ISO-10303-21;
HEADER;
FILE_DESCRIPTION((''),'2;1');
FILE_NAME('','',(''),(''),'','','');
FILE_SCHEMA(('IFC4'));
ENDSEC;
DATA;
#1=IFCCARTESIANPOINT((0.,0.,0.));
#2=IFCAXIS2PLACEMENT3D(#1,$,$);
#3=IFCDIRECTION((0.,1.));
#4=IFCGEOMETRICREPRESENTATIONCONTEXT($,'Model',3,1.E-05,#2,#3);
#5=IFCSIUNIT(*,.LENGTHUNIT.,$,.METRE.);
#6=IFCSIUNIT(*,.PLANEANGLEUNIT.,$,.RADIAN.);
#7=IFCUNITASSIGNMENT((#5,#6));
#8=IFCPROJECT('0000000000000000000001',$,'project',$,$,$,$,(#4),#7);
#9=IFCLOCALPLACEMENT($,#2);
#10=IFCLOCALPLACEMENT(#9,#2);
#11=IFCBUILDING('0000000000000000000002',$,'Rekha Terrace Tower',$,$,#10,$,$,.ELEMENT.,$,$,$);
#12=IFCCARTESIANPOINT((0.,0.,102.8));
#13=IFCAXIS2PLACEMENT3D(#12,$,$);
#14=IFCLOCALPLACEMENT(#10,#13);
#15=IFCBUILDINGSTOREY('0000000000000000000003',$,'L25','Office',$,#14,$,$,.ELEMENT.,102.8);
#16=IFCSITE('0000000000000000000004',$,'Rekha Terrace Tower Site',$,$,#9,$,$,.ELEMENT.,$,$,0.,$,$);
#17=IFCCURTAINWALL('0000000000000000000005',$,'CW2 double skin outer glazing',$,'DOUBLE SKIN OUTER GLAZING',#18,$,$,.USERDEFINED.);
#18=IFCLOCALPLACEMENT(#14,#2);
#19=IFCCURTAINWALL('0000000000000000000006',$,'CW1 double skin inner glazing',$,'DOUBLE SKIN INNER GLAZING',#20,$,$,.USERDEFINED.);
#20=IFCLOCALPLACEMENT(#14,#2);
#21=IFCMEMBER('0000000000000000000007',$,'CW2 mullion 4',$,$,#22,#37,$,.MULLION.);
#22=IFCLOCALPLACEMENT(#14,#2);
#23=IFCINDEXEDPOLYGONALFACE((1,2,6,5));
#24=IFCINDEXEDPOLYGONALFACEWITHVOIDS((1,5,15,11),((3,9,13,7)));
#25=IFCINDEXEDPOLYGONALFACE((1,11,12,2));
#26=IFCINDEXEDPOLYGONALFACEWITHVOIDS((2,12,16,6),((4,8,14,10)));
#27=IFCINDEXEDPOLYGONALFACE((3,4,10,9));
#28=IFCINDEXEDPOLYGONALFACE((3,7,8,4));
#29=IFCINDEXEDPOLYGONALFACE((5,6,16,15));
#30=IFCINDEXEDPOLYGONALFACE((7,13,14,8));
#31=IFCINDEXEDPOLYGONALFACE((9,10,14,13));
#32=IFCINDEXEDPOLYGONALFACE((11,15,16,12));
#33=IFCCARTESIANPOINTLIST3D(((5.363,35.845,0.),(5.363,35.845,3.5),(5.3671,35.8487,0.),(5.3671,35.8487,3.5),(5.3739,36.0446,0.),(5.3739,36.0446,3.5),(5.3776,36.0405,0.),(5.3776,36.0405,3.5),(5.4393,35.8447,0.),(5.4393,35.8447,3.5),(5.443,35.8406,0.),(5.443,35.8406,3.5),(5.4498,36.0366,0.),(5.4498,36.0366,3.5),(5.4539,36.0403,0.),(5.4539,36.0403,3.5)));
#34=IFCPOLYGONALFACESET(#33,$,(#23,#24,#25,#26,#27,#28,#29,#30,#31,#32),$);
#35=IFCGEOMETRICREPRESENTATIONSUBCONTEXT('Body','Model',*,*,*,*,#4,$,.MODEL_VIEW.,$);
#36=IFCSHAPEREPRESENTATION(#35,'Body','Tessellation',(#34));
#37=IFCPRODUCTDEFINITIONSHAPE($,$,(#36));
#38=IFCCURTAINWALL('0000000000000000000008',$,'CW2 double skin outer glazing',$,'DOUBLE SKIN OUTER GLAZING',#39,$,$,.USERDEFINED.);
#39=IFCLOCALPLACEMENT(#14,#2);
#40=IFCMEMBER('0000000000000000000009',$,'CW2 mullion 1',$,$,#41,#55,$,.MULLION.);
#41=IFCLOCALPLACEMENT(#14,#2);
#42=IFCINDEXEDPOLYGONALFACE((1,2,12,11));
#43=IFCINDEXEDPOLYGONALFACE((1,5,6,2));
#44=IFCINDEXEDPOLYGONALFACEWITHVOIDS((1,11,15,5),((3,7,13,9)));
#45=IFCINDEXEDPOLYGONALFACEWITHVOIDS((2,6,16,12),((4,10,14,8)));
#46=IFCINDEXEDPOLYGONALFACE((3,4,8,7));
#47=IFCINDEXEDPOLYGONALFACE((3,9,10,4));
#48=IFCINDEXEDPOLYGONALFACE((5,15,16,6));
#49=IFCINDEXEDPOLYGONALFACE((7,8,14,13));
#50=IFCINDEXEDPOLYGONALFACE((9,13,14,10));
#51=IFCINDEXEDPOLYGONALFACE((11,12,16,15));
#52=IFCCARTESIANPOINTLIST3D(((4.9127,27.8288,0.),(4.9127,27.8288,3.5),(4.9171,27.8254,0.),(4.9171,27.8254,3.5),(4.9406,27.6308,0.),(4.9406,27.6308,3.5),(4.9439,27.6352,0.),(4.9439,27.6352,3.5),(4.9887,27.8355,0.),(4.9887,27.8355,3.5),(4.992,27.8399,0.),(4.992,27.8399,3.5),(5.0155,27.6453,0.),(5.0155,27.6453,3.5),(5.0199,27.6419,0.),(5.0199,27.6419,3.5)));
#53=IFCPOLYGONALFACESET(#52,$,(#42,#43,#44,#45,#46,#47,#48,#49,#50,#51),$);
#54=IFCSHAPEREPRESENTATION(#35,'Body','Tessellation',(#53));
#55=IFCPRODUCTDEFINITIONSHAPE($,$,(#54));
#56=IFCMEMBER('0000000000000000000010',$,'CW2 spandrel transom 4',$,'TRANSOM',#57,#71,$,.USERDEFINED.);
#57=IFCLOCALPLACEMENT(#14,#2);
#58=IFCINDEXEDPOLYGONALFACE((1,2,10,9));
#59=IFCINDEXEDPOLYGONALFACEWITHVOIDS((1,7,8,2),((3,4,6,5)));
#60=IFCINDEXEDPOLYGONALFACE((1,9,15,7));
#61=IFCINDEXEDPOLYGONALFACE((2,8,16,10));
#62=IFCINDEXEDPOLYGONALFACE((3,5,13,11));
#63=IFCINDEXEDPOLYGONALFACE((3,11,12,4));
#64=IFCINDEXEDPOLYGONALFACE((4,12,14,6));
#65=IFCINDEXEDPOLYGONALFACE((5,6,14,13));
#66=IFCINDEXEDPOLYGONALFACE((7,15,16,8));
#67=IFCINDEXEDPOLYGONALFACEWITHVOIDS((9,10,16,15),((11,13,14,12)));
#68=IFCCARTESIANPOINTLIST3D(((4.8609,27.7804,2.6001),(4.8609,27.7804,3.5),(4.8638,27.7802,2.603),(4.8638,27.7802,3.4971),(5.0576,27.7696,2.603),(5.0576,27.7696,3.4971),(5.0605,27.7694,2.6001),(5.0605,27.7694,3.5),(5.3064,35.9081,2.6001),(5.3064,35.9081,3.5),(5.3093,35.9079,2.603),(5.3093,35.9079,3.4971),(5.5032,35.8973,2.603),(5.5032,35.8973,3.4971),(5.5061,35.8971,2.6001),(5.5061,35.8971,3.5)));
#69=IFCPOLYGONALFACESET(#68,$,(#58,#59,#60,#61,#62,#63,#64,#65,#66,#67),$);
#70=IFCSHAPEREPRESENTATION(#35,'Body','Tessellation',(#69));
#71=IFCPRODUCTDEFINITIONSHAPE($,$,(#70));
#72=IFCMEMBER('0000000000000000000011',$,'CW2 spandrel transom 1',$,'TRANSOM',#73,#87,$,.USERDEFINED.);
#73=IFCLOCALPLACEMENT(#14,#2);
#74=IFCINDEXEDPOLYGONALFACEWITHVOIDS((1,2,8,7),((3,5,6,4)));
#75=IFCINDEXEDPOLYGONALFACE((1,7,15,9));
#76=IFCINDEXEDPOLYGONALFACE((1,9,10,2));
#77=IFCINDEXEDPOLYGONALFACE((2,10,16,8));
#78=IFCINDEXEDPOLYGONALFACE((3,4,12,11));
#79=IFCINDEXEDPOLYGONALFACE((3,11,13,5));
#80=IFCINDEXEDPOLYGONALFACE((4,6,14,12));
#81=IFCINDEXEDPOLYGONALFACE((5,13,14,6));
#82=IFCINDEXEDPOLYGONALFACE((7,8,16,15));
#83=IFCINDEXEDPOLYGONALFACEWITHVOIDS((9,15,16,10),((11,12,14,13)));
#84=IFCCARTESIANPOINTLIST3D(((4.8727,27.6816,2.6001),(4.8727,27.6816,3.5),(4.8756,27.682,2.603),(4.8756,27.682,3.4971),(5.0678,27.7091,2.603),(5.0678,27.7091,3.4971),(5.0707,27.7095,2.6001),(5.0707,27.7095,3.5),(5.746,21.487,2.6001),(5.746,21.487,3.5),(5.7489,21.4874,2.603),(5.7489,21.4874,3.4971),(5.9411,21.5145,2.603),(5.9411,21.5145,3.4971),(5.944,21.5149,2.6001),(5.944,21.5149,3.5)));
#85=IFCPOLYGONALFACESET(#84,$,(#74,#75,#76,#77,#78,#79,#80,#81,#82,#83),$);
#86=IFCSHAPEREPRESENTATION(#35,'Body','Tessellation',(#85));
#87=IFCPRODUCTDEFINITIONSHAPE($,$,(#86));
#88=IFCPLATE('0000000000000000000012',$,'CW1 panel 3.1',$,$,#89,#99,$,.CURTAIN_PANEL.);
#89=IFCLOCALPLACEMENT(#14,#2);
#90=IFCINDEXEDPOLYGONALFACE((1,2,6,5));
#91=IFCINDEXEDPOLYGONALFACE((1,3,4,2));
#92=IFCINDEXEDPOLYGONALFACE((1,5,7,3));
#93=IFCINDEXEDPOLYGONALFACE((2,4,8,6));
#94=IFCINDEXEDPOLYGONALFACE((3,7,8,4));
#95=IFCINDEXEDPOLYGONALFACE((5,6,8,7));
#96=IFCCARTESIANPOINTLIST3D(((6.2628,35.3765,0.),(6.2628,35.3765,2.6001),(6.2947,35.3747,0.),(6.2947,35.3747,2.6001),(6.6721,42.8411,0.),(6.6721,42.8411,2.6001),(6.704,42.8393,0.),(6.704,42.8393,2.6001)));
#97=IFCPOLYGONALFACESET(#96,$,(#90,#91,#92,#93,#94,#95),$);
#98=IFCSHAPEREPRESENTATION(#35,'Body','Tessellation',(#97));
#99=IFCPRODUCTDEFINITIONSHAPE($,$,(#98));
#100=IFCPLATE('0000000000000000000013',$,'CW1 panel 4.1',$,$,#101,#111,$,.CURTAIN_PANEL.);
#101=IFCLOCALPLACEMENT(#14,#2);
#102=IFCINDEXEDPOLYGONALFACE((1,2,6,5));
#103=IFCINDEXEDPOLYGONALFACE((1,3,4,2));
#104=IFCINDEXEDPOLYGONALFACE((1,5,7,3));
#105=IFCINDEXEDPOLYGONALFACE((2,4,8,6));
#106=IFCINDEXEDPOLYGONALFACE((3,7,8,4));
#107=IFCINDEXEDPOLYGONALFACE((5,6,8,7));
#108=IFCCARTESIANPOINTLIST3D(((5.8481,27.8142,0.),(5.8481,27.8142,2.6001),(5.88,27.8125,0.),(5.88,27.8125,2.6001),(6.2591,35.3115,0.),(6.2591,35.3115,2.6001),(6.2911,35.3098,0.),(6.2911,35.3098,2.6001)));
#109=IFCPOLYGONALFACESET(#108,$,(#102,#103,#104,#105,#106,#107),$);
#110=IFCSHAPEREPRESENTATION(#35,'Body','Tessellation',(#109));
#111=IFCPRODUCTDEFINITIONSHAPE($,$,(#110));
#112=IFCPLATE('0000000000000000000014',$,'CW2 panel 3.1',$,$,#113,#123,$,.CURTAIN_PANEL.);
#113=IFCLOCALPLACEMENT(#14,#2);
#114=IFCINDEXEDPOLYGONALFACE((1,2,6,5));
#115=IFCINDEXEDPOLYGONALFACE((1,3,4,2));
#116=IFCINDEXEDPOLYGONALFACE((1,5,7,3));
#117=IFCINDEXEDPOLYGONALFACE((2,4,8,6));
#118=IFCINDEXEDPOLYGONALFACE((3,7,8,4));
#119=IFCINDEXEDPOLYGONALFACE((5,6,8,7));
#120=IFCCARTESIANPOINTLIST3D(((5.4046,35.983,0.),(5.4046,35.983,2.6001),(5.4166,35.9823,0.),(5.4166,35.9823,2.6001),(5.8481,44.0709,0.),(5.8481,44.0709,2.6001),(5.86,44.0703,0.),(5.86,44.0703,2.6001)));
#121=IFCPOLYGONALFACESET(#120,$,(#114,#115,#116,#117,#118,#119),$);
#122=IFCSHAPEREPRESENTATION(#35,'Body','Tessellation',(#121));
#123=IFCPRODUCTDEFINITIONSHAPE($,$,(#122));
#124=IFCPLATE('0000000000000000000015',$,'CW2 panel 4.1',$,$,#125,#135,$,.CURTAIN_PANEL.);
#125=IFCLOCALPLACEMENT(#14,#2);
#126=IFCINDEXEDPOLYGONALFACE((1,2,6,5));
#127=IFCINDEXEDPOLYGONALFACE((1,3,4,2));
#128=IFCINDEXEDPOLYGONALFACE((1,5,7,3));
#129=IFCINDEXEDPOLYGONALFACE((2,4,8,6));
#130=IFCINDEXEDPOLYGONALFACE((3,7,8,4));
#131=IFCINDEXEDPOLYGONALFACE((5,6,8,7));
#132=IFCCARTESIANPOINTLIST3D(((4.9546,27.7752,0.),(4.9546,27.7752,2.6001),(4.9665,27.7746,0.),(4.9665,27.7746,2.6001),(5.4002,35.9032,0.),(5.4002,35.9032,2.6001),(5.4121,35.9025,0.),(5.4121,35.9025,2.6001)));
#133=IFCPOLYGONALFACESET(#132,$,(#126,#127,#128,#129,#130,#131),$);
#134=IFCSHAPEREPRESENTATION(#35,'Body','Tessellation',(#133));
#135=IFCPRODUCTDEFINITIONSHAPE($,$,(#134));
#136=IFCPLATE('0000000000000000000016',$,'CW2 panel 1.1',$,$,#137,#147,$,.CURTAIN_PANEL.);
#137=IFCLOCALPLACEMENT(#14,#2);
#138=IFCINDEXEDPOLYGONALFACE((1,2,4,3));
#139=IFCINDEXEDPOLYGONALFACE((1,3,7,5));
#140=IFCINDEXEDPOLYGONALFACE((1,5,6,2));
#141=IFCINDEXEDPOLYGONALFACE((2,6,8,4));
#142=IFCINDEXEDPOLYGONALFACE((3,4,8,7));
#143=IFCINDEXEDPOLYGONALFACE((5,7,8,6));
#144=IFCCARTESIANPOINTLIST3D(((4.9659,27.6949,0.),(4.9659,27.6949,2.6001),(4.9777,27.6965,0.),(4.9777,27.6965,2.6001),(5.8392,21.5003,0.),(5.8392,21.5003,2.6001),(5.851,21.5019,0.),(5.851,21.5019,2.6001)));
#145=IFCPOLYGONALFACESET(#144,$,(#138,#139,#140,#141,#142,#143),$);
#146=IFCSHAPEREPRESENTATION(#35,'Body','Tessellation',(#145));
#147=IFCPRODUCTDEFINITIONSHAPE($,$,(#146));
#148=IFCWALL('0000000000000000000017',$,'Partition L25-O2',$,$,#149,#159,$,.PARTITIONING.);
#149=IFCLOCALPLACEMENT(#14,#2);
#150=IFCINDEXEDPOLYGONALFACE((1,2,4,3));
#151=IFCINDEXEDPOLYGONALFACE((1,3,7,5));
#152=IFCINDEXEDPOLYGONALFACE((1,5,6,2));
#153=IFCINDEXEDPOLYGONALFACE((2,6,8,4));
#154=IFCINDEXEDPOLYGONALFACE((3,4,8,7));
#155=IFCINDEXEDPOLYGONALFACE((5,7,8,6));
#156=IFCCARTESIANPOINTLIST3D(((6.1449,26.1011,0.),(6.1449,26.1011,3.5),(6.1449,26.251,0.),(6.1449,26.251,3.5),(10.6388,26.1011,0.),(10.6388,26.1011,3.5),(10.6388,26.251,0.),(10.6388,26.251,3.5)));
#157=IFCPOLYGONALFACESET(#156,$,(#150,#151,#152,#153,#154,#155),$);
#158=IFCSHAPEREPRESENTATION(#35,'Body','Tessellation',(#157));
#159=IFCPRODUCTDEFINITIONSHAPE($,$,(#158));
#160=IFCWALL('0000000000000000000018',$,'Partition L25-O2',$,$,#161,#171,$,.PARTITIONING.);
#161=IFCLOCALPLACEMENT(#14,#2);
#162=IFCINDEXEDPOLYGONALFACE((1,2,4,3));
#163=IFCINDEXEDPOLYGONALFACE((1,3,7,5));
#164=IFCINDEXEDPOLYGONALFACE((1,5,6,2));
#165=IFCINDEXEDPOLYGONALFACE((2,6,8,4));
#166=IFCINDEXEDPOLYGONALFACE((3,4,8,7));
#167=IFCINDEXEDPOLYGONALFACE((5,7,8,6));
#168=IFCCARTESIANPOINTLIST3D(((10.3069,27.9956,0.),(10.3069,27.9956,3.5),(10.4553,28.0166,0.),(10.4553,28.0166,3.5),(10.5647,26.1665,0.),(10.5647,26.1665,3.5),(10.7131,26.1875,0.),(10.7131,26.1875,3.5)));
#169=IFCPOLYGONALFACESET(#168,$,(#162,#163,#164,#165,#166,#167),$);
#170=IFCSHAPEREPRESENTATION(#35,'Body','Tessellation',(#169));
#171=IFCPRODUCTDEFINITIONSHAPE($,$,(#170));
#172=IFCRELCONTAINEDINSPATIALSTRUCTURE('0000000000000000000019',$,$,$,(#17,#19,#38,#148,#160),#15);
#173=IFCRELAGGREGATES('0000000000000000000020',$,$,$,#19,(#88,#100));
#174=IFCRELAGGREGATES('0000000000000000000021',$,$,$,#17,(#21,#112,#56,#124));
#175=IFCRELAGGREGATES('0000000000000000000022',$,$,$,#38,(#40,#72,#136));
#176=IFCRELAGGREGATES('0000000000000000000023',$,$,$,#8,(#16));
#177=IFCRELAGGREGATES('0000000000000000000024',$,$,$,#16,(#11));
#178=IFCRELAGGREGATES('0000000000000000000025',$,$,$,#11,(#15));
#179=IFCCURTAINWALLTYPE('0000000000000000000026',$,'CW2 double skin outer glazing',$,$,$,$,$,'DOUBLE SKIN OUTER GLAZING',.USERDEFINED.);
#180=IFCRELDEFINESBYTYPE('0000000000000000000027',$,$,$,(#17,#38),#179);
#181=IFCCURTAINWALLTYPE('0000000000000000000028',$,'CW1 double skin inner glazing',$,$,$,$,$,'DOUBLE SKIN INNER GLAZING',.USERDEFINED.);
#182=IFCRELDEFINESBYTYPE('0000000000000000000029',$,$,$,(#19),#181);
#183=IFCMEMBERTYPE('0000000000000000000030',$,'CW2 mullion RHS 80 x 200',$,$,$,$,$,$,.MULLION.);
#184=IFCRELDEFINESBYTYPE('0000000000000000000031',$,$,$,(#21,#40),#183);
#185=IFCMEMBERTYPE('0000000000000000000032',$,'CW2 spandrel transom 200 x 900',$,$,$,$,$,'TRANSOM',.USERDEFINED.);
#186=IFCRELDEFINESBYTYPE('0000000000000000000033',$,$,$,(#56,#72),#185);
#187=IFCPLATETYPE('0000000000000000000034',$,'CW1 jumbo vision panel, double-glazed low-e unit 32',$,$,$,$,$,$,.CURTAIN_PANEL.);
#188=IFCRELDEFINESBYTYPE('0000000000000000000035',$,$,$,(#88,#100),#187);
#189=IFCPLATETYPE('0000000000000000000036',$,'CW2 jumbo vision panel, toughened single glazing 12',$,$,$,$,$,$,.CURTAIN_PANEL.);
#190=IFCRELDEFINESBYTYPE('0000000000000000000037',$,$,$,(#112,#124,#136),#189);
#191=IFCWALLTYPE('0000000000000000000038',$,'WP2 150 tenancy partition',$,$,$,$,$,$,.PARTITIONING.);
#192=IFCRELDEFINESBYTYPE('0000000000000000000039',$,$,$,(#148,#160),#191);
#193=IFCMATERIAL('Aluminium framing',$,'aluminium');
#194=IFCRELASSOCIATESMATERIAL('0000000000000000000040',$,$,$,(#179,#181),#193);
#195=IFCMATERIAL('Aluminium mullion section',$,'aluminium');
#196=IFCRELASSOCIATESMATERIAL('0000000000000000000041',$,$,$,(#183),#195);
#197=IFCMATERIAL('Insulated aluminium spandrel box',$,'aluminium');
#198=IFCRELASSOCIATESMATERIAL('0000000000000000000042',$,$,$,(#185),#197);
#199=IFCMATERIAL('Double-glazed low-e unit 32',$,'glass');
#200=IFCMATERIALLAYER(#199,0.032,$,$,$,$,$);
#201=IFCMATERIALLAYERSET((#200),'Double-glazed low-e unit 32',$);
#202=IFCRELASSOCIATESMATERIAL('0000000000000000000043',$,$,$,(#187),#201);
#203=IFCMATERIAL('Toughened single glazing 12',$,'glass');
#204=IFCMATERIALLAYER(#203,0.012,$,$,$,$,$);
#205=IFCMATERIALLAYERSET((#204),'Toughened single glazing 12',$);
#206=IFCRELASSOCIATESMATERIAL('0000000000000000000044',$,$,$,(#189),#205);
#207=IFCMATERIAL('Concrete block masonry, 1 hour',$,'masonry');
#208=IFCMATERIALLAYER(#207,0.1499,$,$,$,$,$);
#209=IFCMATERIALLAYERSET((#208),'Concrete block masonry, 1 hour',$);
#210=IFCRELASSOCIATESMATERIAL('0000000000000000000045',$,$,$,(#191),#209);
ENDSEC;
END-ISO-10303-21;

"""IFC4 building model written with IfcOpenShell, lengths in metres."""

from ifc_helpers import new_model, si_unit, direction, frame, frame_2d, origin, origin_2d, place, context, subcontext, project, spatial, rectangle, hollow_rectangle, extrude, material, layer, layer_set, material_profile, profile_set, type_object, element, aggregate, save


model = new_model("IFC4")

# Units and contexts
model_context = context("Model", 3, precision=1e-05, world=origin(), true_north=direction((0.0, 1.0)))
body_context = subcontext(model_context, "Body", "Model", "MODEL_VIEW")
ifc_project = project(units=[si_unit("LENGTHUNIT", "METRE"), si_unit("PLANEANGLEUNIT", "RADIAN")], contexts=[model_context])

# Site, building, storey
site_placement = place(None, origin())
site = spatial("IfcSite", under=ifc_project, at=site_placement, Name="Rekha Terrace Tower Site", CompositionType="ELEMENT", RefElevation=0.0)
building_placement = place(site_placement, origin())
building = spatial("IfcBuilding", under=site, at=building_placement, Name="Rekha Terrace Tower", CompositionType="ELEMENT")
storey_placement = place(building_placement, frame((0.0, 0.0, 102.8)))
storey = spatial("IfcBuildingStorey", under=building, at=storey_placement, Name="L25", Description="Office", CompositionType="ELEMENT", Elevation=102.8)

# Curtain wall
ifc_material_1 = material(Name="Aluminium framing", Category="aluminium")
curtain_wall_type_1 = type_object("IfcCurtainWallType", Name="CW2 double skin outer glazing", ElementType="DOUBLE SKIN OUTER GLAZING", PredefinedType="USERDEFINED", material=ifc_material_1)
curtain_wall_1_placement = place(storey_placement, origin())
curtain_wall_1 = element("IfcCurtainWall", 1, at=curtain_wall_1_placement, inside=storey, type_object=curtain_wall_type_1, Name="CW2 double skin outer glazing", ObjectType="DOUBLE SKIN OUTER GLAZING", PredefinedType="USERDEFINED")

# Curtain wall
curtain_wall_type_2 = type_object("IfcCurtainWallType", Name="CW1 double skin inner glazing", ElementType="DOUBLE SKIN INNER GLAZING", PredefinedType="USERDEFINED", material=ifc_material_1)
curtain_wall_2_placement = place(storey_placement, origin())
curtain_wall_2 = element("IfcCurtainWall", 2, at=curtain_wall_2_placement, inside=storey, type_object=curtain_wall_type_2, Name="CW1 double skin inner glazing", ObjectType="DOUBLE SKIN INNER GLAZING", PredefinedType="USERDEFINED")
ifc_material_2 = material(Name="Aluminium mullion section", Category="aluminium")

# Member
ifc_material_3 = material(Name="Insulated aluminium spandrel box", Category="aluminium")
ifc_material_profile_1 = material_profile(ifc_material_2, hollow_rectangle(XDim=0.0801, YDim=0.2, WallThickness=0.0039, at=origin_2d()), Name="AL RHS 80x200")
ifc_profile_set_1 = profile_set([ifc_material_profile_1], Name="Aluminium mullion section")
member_type_1 = type_object("IfcMemberType", Name="CW2 mullion RHS 80 x 200", PredefinedType="MULLION", material=ifc_profile_set_1)
member_1_placement = place(storey_placement, frame((5.4084, 35.9426, 0.0), z_axis=(0.0, 0.0, 1.0), x_axis=(0.998501, -0.054742, 0.0)))
member_1 = element("IfcMember", 3, at=member_1_placement, type_object=member_type_1, Name="CW2 mullion 4", PredefinedType="MULLION", context=body_context, shape_type="SweptSolid", body=[
    extrude(hollow_rectangle(XDim=0.0801, YDim=0.2, WallThickness=0.0039, at=origin_2d()), origin(), (0.0, 0.0, 1.0), 3.5),
])

# Curtain wall, member
curtain_wall_3_placement = place(storey_placement, origin())
curtain_wall_3 = element("IfcCurtainWall", 4, at=curtain_wall_3_placement, inside=storey, type_object=curtain_wall_type_1, Name="CW2 double skin outer glazing", ObjectType="DOUBLE SKIN OUTER GLAZING", PredefinedType="USERDEFINED")
member_2_placement = place(storey_placement, frame((4.9663, 27.7354, 0.0), z_axis=(0.0, 0.0, 1.0), x_axis=(0.990208, 0.139597, 0.0)))
member_2 = element("IfcMember", 5, at=member_2_placement, type_object=member_type_1, Name="CW2 mullion 1", PredefinedType="MULLION", context=body_context, shape_type="SweptSolid", body=[
    extrude(hollow_rectangle(XDim=0.0801, YDim=0.2, WallThickness=0.0039, at=origin_2d()), origin(), (0.0, 0.0, 1.0), 3.5),
])

# Members
ifc_material_profile_2 = material_profile(ifc_material_3, hollow_rectangle(XDim=0.2, YDim=0.8999, WallThickness=0.0029, at=origin_2d()), Name="AL SPANDREL BOX 200x900")
ifc_profile_set_2 = profile_set([ifc_material_profile_2], Name="Insulated aluminium spandrel box")
member_type_2 = type_object("IfcMemberType", Name="CW2 spandrel transom 200 x 900", ElementType="TRANSOM", PredefinedType="USERDEFINED", material=ifc_profile_set_2)
member_3_placement = place(storey_placement, frame((5.4062, 35.9026, 3.05), z_axis=(-0.054737, -0.998501, 0.0), x_axis=(0.998501, -0.054737, 0.0)))
member_3 = element("IfcMember", 6, at=member_3_placement, type_object=member_type_2, Name="CW2 spandrel transom 4", ObjectType="TRANSOM", PredefinedType="USERDEFINED", context=body_context, shape_type="SweptSolid", body=[
    extrude(hollow_rectangle(XDim=0.2, YDim=0.8999, WallThickness=0.0029, at=origin_2d()), origin(), (0.0, 0.0, 1.0), 8.1399),
])
member_4_placement = place(storey_placement, frame((4.9717, 27.6956, 3.05), z_axis=(0.139596, -0.990209, 0.0), x_axis=(0.990209, 0.139596, 0.0)))
member_4 = element("IfcMember", 7, at=member_4_placement, type_object=member_type_2, Name="CW2 spandrel transom 1", ObjectType="TRANSOM", PredefinedType="USERDEFINED", context=body_context, shape_type="SweptSolid", body=[
    extrude(hollow_rectangle(XDim=0.2, YDim=0.8999, WallThickness=0.0029, at=origin_2d()), origin(), (0.0, 0.0, 1.0), 6.2559),
])

# Plates
ifc_material_4 = material(Name="Double-glazed low-e unit 32", Category="glass")
ifc_layer_1 = layer(ifc_material_4, 0.032)
ifc_layer_set_1 = layer_set([ifc_layer_1], Name="Double-glazed low-e unit 32")
plate_type_1 = type_object("IfcPlateType", Name="CW1 jumbo vision panel, double-glazed low-e unit 32", PredefinedType="CURTAIN_PANEL", material=ifc_layer_set_1)
plate_1_placement = place(storey_placement, frame((6.4834, 39.1079, 0.0), z_axis=(0.0, 0.0, 1.0), x_axis=(-0.054742, -0.998501, 0.0)))
plate_1 = element("IfcPlate", 8, at=plate_1_placement, type_object=plate_type_1, Name="CW1 panel 3.1", PredefinedType="CURTAIN_PANEL", context=body_context, shape_type="SweptSolid", body=[
    extrude(rectangle(XDim=7.4758, YDim=0.032, at=origin_2d()), origin(), (0.0, 0.0, 1.0), 2.6001),
])
plate_2_placement = place(storey_placement, frame((6.0696, 31.562, 0.0), z_axis=(0.0, 0.0, 1.0), x_axis=(-0.054742, -0.998501, 0.0)))
plate_2 = element("IfcPlate", 9, at=plate_2_placement, type_object=plate_type_1, Name="CW1 panel 4.1", PredefinedType="CURTAIN_PANEL", context=body_context, shape_type="SweptSolid", body=[
    extrude(rectangle(XDim=7.5085, YDim=0.032, at=origin_2d()), origin(), (0.0, 0.0, 1.0), 2.6001),
])
aggregate(curtain_wall_2, [plate_1, plate_2])
ifc_material_5 = material(Name="Toughened single glazing 12", Category="glass")
ifc_layer_2 = layer(ifc_material_5, 0.012)
ifc_layer_set_2 = layer_set([ifc_layer_2], Name="Toughened single glazing 12")
plate_type_2 = type_object("IfcPlateType", Name="CW2 jumbo vision panel, toughened single glazing 12", PredefinedType="CURTAIN_PANEL", material=ifc_layer_set_2)
plate_3_placement = place(storey_placement, frame((5.6323, 40.0266, 0.0), z_axis=(0.0, 0.0, 1.0), x_axis=(-0.054742, -0.998501, 0.0)))
plate_3 = element("IfcPlate", 10, at=plate_3_placement, type_object=plate_type_2, Name="CW2 panel 3.1", PredefinedType="CURTAIN_PANEL", context=body_context, shape_type="SweptSolid", body=[
    extrude(rectangle(XDim=8.1001, YDim=0.012, at=origin_2d()), origin(), (0.0, 0.0, 1.0), 2.6001),
])
plate_4_placement = place(storey_placement, frame((5.1833, 31.8389, 0.0), z_axis=(0.0, 0.0, 1.0), x_axis=(-0.054742, -0.998501, 0.0)))
plate_4 = element("IfcPlate", 11, at=plate_4_placement, type_object=plate_type_2, Name="CW2 panel 4.1", PredefinedType="CURTAIN_PANEL", context=body_context, shape_type="SweptSolid", body=[
    extrude(rectangle(XDim=8.1401, YDim=0.012, at=origin_2d()), origin(), (0.0, 0.0, 1.0), 2.6001),
])
aggregate(curtain_wall_1, [member_1, plate_3, member_3, plate_4])
plate_5_placement = place(storey_placement, frame((5.4084, 24.5984, 0.0), z_axis=(0.0, 0.0, 1.0), x_axis=(0.139597, -0.990208, 0.0)))
plate_5 = element("IfcPlate", 12, at=plate_5_placement, type_object=plate_type_2, Name="CW2 panel 1.1", PredefinedType="CURTAIN_PANEL", context=body_context, shape_type="SweptSolid", body=[
    extrude(rectangle(XDim=6.2559, YDim=0.012, at=origin_2d()), origin(), (0.0, 0.0, 1.0), 2.6001),
])
aggregate(curtain_wall_3, [member_2, member_4, plate_5])

# Walls
ifc_material_6 = material(Name="Concrete block masonry, 1 hour", Category="masonry")
ifc_layer_3 = layer(ifc_material_6, 0.1499)
ifc_layer_set_3 = layer_set([ifc_layer_3], Name="Concrete block masonry, 1 hour")
wall_type_1 = type_object("IfcWallType", Name="WP2 150 tenancy partition", PredefinedType="PARTITIONING", material=ifc_layer_set_3)
wall_1_placement = place(storey_placement, frame((10.6389, 26.176, 0.0), z_axis=(0.0, 0.0, 1.0), x_axis=(-1.0, 0.0, 0.0)))
element("IfcWall", 13, at=wall_1_placement, inside=storey, type_object=wall_type_1, Name="Partition L25-O2", PredefinedType="PARTITIONING", context=body_context, shape_type="SweptSolid", body=[
    extrude(rectangle(XDim=4.4939, YDim=0.1499, at=frame_2d((2.2471, 0.0))), origin(), (0.0, 0.0, 1.0), 3.5),
])
wall_2_placement = place(storey_placement, frame((10.6389, 26.177, 0.0), z_axis=(0.0, 0.0, 1.0), x_axis=(-0.139571, 0.990212, 0.0)))
element("IfcWall", 14, at=wall_2_placement, inside=storey, type_object=wall_type_1, Name="Partition L25-O2", PredefinedType="PARTITIONING", context=body_context, shape_type="SweptSolid", body=[
    extrude(rectangle(XDim=1.8472, YDim=0.1499, at=frame_2d((0.9236, 0.0))), origin(), (0.0, 0.0, 1.0), 3.5),
])

save(model, "model.ifc")
